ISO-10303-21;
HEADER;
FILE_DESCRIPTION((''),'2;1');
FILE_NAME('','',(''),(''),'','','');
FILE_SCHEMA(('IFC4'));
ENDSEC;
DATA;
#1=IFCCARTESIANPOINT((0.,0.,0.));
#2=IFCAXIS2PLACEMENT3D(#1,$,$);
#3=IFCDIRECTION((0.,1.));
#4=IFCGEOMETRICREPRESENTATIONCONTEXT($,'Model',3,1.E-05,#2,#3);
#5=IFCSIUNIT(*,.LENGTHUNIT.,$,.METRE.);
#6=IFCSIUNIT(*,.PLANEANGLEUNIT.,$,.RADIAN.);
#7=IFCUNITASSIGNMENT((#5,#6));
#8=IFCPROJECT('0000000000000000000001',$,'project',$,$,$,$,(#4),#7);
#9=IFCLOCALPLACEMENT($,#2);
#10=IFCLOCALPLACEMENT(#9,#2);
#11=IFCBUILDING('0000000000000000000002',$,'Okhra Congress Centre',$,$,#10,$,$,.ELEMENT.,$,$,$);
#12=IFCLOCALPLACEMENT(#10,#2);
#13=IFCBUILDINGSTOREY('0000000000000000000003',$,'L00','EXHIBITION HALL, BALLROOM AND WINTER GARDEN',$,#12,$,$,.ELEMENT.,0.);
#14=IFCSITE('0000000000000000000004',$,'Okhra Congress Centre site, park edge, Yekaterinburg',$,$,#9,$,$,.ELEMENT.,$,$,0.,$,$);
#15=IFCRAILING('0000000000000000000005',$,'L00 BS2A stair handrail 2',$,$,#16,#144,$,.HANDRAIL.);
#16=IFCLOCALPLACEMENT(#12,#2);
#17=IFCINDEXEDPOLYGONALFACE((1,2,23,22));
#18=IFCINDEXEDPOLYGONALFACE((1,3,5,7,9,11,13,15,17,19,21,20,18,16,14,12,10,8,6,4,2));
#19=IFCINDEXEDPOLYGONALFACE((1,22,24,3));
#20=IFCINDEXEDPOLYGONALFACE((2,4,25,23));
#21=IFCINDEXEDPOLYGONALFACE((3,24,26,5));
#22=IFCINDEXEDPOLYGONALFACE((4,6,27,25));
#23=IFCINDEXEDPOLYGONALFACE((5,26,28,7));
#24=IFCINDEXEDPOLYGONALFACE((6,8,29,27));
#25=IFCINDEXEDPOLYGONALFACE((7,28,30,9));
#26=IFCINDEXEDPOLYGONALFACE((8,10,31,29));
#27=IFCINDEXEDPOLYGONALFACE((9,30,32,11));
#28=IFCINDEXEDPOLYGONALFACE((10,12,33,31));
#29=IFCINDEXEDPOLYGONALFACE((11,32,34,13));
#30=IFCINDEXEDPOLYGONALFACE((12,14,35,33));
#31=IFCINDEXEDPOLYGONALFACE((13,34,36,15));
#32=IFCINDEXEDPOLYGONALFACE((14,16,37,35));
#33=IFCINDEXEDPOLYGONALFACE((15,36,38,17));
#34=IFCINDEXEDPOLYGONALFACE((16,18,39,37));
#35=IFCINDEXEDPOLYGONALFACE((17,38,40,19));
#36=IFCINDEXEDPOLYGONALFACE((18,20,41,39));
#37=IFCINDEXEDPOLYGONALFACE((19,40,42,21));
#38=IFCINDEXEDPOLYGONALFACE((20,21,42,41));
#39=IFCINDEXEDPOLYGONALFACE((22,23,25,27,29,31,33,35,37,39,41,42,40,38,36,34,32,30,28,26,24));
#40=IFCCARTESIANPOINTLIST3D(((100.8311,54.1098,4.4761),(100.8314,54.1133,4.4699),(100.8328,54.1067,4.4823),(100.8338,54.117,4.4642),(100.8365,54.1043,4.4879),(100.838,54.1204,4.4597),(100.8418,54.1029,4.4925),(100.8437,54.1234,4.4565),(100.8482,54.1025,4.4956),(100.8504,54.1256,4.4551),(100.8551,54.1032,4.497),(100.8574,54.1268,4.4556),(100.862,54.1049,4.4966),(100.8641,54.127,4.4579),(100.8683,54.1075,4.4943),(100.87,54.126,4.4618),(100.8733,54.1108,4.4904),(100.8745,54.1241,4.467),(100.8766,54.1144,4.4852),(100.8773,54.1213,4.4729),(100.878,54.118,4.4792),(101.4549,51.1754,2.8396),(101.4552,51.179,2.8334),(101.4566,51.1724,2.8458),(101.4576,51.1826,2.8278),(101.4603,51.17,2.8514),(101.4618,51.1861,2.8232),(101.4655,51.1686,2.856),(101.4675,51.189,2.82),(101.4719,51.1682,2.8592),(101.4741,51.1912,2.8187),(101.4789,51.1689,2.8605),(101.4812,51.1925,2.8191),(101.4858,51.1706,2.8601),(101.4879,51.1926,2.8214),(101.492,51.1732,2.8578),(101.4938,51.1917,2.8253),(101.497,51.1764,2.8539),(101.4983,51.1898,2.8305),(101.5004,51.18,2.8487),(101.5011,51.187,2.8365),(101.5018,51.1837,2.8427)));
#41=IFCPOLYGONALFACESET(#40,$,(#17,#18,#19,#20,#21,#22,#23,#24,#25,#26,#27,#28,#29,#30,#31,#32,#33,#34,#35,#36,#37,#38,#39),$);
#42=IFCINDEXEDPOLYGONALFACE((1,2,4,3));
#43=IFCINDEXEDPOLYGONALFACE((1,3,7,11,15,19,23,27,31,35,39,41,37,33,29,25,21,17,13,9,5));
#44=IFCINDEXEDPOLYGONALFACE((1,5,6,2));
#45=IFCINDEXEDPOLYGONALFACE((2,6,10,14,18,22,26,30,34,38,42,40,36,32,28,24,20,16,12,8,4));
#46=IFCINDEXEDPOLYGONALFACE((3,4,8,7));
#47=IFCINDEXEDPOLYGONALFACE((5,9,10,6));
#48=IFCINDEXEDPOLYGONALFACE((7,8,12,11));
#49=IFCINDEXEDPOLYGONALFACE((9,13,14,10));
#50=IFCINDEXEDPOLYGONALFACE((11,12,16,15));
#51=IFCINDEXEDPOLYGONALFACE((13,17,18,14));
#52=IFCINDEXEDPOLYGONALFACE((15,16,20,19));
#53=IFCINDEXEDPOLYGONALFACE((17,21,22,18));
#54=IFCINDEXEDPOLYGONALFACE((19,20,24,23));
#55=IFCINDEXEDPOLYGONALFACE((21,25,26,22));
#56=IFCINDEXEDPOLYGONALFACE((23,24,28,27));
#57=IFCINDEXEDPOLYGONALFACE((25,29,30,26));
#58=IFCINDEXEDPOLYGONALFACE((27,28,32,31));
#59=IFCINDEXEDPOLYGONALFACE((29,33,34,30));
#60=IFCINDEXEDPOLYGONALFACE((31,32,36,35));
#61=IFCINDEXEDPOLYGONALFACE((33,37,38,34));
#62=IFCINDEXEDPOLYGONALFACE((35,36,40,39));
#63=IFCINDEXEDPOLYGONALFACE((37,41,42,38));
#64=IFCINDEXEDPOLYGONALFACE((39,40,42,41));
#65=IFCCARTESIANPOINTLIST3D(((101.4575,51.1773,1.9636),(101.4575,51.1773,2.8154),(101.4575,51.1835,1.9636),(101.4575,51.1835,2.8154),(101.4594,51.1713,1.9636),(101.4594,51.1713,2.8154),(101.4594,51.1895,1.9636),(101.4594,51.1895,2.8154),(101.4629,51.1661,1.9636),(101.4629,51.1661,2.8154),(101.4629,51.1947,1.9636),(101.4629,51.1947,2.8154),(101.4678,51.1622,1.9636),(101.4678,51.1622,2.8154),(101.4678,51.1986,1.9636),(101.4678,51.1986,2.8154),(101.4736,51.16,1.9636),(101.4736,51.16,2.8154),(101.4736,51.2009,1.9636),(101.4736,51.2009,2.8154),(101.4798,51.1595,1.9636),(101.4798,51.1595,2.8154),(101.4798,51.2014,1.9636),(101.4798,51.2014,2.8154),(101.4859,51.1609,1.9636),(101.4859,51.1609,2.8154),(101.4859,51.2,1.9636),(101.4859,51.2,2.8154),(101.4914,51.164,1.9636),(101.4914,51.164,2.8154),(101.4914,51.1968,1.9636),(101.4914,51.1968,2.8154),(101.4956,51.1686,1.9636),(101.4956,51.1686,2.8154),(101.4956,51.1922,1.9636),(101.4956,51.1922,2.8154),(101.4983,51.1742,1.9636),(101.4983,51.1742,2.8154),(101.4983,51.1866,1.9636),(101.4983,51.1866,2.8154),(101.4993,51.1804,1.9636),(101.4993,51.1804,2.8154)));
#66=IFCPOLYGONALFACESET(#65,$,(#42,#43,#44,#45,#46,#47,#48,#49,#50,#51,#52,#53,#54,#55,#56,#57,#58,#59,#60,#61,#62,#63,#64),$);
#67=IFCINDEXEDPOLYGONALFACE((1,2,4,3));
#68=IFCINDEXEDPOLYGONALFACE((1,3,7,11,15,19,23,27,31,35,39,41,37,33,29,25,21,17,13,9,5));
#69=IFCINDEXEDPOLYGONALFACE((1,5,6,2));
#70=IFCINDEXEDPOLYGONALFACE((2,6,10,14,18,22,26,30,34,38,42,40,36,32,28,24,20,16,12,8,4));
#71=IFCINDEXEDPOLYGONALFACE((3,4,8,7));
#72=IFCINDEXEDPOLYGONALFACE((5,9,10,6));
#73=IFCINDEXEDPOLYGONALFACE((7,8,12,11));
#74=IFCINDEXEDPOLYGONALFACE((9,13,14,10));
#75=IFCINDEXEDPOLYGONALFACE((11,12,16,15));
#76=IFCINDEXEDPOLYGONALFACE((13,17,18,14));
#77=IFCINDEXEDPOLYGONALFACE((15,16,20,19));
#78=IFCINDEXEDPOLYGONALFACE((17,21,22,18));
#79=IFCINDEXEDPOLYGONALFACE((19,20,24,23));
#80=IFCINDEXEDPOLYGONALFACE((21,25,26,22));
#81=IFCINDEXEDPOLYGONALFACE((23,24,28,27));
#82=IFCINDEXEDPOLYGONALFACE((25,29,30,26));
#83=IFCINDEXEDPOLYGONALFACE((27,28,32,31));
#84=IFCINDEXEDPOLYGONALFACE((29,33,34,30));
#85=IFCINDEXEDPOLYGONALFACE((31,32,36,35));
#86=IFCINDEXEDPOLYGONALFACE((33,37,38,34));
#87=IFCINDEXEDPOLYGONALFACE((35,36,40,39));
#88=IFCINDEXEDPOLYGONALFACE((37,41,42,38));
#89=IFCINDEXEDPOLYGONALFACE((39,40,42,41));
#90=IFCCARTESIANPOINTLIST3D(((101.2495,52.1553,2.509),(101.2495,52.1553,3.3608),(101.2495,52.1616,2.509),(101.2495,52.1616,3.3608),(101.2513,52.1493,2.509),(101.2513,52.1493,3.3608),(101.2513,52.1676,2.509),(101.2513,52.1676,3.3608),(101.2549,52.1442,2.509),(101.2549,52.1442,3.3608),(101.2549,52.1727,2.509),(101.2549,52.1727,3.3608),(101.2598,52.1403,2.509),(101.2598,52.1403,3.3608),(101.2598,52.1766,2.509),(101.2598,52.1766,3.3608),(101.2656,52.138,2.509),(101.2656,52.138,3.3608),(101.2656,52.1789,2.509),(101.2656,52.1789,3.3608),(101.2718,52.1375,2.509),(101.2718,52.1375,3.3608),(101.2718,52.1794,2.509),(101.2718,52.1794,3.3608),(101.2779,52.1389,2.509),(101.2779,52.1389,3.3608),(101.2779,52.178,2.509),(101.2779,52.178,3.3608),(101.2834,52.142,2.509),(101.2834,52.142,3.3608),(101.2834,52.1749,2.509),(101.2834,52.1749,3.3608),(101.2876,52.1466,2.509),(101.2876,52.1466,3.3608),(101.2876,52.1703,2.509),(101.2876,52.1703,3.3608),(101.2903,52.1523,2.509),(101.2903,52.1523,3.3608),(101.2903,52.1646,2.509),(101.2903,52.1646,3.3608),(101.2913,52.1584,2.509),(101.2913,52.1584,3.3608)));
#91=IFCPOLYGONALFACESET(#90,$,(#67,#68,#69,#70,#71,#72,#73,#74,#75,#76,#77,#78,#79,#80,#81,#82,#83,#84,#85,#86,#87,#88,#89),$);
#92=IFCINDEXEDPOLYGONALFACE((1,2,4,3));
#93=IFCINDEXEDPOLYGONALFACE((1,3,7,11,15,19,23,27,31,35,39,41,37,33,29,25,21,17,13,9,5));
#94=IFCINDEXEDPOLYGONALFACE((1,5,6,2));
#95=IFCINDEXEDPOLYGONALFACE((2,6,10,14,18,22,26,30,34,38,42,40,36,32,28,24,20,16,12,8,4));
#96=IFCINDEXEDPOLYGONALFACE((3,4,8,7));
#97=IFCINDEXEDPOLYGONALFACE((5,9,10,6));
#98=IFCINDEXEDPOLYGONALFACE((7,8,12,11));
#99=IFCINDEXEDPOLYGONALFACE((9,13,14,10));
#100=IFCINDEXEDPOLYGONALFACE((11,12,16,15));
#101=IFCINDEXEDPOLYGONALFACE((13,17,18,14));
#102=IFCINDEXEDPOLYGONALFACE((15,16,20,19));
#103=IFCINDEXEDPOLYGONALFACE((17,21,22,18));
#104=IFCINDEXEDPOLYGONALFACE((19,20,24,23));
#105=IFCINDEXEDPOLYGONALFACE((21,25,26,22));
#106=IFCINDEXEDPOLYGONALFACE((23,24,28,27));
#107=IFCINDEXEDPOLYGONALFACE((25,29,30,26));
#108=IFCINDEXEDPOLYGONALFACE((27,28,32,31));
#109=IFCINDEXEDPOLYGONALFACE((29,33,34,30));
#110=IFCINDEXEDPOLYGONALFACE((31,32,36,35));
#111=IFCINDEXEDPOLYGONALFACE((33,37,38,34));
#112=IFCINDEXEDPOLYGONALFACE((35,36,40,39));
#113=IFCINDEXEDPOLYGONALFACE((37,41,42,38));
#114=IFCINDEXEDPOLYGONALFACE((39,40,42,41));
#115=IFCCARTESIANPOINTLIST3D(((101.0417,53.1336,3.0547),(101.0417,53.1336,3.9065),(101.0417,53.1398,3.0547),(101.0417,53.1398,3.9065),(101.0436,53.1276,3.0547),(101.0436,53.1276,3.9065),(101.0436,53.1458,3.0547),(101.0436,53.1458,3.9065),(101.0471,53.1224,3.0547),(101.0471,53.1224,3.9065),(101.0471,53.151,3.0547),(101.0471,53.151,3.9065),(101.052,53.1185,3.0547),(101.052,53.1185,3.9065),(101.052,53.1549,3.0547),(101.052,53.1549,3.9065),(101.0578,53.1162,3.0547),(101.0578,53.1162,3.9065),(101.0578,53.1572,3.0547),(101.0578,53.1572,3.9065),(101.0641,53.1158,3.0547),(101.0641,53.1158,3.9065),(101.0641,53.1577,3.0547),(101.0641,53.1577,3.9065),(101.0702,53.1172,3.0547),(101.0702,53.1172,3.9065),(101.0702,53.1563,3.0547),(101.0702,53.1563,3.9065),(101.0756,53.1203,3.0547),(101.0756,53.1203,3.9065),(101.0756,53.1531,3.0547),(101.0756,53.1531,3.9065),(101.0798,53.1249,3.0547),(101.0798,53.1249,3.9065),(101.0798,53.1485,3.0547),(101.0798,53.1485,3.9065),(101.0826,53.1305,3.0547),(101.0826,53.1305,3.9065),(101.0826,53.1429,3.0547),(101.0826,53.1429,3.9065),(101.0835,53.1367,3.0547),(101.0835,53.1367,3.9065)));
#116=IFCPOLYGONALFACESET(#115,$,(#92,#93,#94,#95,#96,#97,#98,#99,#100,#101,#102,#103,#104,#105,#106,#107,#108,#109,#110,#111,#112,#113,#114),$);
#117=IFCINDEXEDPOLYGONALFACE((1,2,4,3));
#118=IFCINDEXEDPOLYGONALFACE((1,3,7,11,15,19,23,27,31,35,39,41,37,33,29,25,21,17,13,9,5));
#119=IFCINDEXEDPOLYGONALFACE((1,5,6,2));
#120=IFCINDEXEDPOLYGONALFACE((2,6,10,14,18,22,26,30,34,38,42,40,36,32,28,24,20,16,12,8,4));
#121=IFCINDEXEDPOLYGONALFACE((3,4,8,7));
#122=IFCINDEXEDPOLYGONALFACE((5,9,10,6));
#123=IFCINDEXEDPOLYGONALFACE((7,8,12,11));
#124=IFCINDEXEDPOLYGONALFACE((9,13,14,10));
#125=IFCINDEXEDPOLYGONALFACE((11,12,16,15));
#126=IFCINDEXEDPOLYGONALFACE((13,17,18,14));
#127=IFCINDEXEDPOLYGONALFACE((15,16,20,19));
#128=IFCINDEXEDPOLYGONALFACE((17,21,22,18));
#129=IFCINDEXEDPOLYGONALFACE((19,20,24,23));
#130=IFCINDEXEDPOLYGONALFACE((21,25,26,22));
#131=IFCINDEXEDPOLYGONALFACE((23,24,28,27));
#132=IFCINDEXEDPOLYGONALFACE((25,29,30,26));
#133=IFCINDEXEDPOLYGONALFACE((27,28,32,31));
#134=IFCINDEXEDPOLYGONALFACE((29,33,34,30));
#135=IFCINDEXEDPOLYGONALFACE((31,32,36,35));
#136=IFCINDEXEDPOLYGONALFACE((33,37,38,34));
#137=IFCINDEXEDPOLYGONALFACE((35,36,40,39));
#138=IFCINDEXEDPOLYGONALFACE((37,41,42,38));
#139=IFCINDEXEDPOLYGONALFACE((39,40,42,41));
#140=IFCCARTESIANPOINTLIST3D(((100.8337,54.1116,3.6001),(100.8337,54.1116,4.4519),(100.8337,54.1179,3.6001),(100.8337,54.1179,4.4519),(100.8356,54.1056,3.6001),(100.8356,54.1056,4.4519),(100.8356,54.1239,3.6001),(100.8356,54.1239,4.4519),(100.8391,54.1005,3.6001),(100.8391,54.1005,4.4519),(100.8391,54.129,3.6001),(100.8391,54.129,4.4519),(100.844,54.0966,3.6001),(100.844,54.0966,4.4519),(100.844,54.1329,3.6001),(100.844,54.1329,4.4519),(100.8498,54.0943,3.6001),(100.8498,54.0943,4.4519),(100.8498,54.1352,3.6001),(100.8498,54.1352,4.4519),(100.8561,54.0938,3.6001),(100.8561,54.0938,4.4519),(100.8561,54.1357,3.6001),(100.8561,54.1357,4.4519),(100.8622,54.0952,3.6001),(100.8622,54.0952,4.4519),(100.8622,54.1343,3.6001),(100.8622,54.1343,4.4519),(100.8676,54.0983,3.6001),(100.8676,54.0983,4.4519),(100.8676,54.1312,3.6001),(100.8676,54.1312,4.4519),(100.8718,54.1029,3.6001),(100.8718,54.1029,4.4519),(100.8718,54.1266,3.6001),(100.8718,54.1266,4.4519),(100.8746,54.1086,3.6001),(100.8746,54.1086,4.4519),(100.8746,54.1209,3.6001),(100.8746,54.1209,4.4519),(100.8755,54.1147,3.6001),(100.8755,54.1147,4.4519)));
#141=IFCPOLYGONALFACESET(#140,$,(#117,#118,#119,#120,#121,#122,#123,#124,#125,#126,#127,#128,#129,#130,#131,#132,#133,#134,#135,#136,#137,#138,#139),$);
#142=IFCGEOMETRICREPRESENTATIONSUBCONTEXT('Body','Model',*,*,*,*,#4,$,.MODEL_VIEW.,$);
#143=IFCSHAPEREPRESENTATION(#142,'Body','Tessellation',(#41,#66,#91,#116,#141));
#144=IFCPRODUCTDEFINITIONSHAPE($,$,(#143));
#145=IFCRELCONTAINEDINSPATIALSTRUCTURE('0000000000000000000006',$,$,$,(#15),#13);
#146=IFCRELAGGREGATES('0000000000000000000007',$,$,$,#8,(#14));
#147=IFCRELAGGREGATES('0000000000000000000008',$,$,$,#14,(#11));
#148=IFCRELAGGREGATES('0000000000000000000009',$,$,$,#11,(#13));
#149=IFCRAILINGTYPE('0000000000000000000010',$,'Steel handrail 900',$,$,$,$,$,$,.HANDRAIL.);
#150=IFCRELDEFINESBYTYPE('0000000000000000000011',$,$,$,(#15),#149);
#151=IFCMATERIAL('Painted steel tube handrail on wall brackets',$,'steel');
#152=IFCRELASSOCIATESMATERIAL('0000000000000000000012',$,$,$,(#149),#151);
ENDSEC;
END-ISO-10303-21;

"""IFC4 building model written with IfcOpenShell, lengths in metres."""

from ifc_helpers import new_model, si_unit, direction, frame, origin, origin_2d, place, context, subcontext, project, spatial, circle, extrude, material, type_object, element, save


model = new_model("IFC4")

# Units and contexts
model_context = context("Model", 3, precision=1e-05, world=origin(), true_north=direction((0.0, 1.0)))
body_context = subcontext(model_context, "Body", "Model", "MODEL_VIEW")
ifc_project = project(units=[si_unit("LENGTHUNIT", "METRE"), si_unit("PLANEANGLEUNIT", "RADIAN")], contexts=[model_context])

# Site, building, storey
site_placement = place(None, origin())
site = spatial("IfcSite", under=ifc_project, at=site_placement, Name="Okhra Congress Centre site, park edge, Yekaterinburg", CompositionType="ELEMENT", RefElevation=0.0)
building_placement = place(site_placement, origin())
building = spatial("IfcBuilding", under=site, at=building_placement, Name="Okhra Congress Centre", CompositionType="ELEMENT")
storey_placement = place(building_placement, origin())
storey = spatial("IfcBuildingStorey", under=building, at=storey_placement, Name="L00", Description="EXHIBITION HALL, BALLROOM AND WINTER GARDEN", CompositionType="ELEMENT", Elevation=0.0)

# Railing
ifc_material_1 = material(Name="Painted steel tube handrail on wall brackets", Category="steel")
railing_type_1 = type_object("IfcRailingType", Name="Steel handrail 900", PredefinedType="HANDRAIL", material=ifc_material_1)
railing_1_placement = place(storey_placement, frame((101.4783, 51.1804, 1.9636)))
element("IfcRailing", 1, at=railing_1_placement, inside=storey, type_object=railing_type_1, Name="L00 BS2A stair handrail 2", PredefinedType="HANDRAIL", context=body_context, shape_type="SweptSolid", body=[
    extrude(circle(Radius=0.0239, at=origin_2d()), frame((0.0, 0.0, 0.876), z_axis=(-0.18254, 0.858687, 0.47889), x_axis=(-0.978143, -0.207934, 0.0)), (0.0, 0.0, 1.0), 3.4172),
    extrude(circle(Radius=0.021, at=origin_2d()), origin(), (0.0, 0.0, 1.0), 0.8518),
    extrude(circle(Radius=0.021, at=origin_2d()), frame((-0.208, 0.978, 0.5454)), (0.0, 0.0, 1.0), 0.8518),
    extrude(circle(Radius=0.021, at=origin_2d()), frame((-0.4158, 1.9563, 1.0911)), (0.0, 0.0, 1.0), 0.8518),
    extrude(circle(Radius=0.021, at=origin_2d()), frame((-0.6238, 2.9343, 1.6365)), (0.0, 0.0, 1.0), 0.8518),
])

save(model, "model.ifc")
